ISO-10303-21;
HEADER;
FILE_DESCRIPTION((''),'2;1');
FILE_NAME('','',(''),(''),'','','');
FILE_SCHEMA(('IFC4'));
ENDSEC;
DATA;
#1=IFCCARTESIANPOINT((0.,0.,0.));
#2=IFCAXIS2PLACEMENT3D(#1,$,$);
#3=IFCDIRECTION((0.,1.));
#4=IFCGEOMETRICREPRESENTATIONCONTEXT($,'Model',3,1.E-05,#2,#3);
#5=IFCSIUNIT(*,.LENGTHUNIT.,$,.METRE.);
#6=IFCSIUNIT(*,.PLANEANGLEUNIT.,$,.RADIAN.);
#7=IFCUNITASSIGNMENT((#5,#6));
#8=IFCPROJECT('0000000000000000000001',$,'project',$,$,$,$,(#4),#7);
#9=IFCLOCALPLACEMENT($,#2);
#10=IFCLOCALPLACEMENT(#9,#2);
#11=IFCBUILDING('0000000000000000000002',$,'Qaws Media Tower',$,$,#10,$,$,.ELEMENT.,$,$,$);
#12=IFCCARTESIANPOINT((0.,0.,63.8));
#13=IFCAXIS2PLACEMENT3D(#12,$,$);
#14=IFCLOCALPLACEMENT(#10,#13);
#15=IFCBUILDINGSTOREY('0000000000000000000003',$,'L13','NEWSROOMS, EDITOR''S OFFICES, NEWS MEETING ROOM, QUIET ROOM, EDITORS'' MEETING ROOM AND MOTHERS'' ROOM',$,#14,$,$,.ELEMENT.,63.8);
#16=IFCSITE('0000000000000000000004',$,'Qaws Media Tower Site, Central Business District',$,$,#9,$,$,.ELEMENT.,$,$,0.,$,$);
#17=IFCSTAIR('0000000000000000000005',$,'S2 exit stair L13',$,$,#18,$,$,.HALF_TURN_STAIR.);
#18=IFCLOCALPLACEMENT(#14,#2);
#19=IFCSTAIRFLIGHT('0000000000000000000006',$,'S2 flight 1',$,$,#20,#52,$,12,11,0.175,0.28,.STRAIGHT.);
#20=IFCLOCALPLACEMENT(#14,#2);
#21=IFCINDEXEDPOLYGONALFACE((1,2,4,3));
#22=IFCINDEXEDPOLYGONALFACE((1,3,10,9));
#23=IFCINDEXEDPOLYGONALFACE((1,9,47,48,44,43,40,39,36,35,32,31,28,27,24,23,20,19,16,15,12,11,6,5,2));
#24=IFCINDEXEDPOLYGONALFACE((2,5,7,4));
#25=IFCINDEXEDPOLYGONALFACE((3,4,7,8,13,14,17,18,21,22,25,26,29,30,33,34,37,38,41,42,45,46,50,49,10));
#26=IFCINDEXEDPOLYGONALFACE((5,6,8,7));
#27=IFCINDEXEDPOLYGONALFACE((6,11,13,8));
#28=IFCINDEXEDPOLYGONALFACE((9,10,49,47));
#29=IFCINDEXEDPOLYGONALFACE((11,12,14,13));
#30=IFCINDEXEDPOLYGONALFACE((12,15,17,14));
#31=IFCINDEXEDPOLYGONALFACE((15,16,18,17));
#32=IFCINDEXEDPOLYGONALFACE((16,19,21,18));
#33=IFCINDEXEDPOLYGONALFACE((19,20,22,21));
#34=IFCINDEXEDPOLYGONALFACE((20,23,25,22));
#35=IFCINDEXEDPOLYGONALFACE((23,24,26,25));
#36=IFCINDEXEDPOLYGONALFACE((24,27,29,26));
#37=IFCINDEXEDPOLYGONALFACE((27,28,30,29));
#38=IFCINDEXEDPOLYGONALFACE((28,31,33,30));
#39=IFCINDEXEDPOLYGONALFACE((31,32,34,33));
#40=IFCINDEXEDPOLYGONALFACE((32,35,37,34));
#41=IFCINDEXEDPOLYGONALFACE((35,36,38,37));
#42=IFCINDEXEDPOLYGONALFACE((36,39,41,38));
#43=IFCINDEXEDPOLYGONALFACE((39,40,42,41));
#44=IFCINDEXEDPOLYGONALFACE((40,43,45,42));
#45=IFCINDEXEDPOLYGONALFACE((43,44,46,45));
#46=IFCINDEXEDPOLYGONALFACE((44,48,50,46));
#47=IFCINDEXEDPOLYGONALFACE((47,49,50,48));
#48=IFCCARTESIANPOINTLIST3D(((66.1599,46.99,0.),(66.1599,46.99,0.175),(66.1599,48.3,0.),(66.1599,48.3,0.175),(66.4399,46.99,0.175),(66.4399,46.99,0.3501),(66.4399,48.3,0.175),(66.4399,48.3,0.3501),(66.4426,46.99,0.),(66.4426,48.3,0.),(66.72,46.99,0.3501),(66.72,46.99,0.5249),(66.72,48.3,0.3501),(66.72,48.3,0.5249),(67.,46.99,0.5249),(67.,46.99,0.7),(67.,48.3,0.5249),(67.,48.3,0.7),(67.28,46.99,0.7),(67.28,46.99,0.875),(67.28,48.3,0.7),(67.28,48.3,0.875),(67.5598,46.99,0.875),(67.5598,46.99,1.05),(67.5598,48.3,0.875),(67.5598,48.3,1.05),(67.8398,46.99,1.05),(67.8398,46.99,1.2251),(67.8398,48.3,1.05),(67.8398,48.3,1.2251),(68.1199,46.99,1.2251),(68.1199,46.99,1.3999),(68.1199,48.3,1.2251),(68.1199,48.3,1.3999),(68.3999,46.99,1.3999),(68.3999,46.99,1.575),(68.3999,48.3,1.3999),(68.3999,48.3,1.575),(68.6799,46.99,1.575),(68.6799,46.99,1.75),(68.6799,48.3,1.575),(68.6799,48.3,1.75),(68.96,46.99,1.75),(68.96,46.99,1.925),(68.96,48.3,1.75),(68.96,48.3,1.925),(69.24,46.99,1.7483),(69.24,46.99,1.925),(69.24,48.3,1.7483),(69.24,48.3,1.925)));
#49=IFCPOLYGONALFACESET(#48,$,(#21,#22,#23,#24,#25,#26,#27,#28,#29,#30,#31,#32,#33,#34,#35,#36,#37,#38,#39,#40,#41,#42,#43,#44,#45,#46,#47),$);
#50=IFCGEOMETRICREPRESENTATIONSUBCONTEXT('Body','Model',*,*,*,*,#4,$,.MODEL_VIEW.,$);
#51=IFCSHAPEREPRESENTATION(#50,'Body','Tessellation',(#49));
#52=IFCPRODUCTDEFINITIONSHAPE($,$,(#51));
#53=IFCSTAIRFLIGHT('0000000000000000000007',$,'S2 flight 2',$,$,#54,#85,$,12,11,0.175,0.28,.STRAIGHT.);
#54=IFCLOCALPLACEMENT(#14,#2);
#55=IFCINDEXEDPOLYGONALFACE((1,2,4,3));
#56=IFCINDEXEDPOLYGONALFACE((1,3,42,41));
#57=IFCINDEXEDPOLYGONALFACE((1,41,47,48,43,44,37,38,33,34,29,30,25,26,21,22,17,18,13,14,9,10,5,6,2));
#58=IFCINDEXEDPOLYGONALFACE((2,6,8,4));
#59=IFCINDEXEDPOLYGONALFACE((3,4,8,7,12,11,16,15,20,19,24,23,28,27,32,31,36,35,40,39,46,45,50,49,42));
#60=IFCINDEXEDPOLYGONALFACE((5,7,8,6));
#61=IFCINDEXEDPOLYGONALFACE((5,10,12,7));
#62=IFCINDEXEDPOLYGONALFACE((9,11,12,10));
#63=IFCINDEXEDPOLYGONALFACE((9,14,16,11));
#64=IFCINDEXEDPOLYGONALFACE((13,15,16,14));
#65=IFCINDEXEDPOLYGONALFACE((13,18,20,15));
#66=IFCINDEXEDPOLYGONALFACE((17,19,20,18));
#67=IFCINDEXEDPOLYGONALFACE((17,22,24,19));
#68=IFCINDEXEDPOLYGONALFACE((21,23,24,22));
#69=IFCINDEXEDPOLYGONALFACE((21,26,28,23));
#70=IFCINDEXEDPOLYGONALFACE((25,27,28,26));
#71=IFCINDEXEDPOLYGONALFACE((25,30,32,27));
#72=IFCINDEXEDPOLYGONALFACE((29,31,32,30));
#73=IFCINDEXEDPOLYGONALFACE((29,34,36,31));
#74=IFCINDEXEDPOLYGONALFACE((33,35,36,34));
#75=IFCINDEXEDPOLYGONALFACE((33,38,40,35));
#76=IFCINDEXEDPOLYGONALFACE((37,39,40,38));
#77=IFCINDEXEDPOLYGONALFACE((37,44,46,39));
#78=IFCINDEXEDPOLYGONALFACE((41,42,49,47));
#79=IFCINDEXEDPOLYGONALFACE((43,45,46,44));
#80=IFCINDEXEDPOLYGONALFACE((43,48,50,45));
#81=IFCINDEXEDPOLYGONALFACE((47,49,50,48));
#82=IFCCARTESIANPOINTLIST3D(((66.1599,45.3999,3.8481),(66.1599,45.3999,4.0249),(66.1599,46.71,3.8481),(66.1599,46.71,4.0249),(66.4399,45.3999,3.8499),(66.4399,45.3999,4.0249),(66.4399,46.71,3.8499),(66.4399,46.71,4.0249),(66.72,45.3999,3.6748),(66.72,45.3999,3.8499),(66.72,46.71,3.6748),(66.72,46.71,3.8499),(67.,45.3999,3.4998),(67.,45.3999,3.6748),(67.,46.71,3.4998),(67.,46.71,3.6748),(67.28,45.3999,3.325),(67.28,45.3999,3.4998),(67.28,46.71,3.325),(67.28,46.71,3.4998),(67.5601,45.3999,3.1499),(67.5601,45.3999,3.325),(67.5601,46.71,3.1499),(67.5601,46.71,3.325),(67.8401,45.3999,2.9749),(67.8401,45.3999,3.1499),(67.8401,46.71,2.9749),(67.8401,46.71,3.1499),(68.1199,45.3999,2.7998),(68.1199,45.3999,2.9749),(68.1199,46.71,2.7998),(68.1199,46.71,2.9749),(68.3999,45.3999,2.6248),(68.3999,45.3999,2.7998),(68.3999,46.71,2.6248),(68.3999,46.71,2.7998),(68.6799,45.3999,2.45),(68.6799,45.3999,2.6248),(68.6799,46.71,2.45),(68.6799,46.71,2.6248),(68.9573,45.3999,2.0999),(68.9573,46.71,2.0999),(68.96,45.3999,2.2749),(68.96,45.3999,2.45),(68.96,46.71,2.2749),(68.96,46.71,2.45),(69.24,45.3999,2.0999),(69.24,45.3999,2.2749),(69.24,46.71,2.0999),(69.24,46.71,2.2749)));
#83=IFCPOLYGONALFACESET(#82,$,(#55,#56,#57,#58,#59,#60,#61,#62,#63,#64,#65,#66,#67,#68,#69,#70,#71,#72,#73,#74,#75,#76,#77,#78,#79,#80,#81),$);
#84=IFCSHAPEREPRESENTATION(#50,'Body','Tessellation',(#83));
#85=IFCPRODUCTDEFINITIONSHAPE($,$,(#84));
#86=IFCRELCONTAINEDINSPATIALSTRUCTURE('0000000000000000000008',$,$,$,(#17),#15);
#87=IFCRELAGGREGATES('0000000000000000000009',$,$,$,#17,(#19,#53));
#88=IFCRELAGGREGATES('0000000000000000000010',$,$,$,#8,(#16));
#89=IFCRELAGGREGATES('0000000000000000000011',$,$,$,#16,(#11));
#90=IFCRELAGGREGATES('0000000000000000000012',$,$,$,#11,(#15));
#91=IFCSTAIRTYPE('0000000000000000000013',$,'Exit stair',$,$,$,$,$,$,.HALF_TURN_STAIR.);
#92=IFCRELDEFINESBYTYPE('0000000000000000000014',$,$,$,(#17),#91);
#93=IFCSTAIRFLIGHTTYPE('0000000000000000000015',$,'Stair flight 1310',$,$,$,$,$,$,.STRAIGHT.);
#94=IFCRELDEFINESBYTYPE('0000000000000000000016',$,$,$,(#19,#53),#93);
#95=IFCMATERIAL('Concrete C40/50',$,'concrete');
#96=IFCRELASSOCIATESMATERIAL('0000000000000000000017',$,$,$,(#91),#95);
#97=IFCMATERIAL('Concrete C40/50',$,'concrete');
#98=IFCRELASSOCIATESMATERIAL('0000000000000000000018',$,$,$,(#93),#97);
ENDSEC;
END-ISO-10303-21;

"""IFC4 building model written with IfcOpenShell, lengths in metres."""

from ifc_helpers import new_model, si_unit, direction, frame, origin, place, context, subcontext, project, spatial, polyline, outline, extrude, material, type_object, element, aggregate, save


model = new_model("IFC4")

# Units and contexts
model_context = context("Model", 3, precision=1e-05, world=origin(), true_north=direction((0.0, 1.0)))
body_context = subcontext(model_context, "Body", "Model", "MODEL_VIEW")
ifc_project = project(units=[si_unit("LENGTHUNIT", "METRE"), si_unit("PLANEANGLEUNIT", "RADIAN")], contexts=[model_context])

# Site, building, storey
site_placement = place(None, origin())
site = spatial("IfcSite", under=ifc_project, at=site_placement, Name="Qaws Media Tower Site, Central Business District", CompositionType="ELEMENT", RefElevation=0.0)
building_placement = place(site_placement, origin())
building = spatial("IfcBuilding", under=site, at=building_placement, Name="Qaws Media Tower", CompositionType="ELEMENT")
storey_placement = place(building_placement, frame((0.0, 0.0, 63.8)))
storey = spatial("IfcBuildingStorey", under=building, at=storey_placement, Name="L13", Description="NEWSROOMS, EDITOR'S OFFICES, NEWS MEETING ROOM, QUIET ROOM, EDITORS' MEETING ROOM AND MOTHERS' ROOM", CompositionType="ELEMENT", Elevation=63.8)

# Stair, stair flights
ifc_material_1 = material(Name="Concrete C40/50", Category="concrete")
stair_type = type_object("IfcStairType", Name="Exit stair", PredefinedType="HALF_TURN_STAIR", material=ifc_material_1)
stair_placement = place(storey_placement, origin())
stair = element("IfcStair", 1, at=stair_placement, inside=storey, type_object=stair_type, Name="S2 exit stair L13", PredefinedType="HALF_TURN_STAIR")
ifc_material_2 = material(Name="Concrete C40/50", Category="concrete")
stair_flight_type = type_object("IfcStairFlightType", Name="Stair flight 1310", PredefinedType="STRAIGHT", material=ifc_material_2)
stair_flight_1_placement = place(storey_placement, frame((66.1599, 47.645, 0.0), z_axis=(0.0, 0.0, 1.0), x_axis=(1.0, 0.0, 0.0)))
stair_flight_1 = element("IfcStairFlight", 2, at=stair_flight_1_placement, type_object=stair_flight_type, Name="S2 flight 1", NumberOfRisers=12, NumberOfTreads=11, PredefinedType="STRAIGHT", RiserHeight=0.175, TreadLength=0.28, context=body_context, shape_type="SweptSolid", body=[
    extrude(outline(polyline([(0.0, 0.0), (0.0, 0.175), (0.28, 0.175), (0.28, 0.3501), (0.5601, 0.3501), (0.5601, 0.5249), (0.8401, 0.5249), (0.8401, 0.7), (1.1201, 0.7), (1.1201, 0.875), (1.3999, 0.875), (1.3999, 1.05), (1.6799, 1.05), (1.6799, 1.2251), (1.96, 1.2251), (1.96, 1.3999), (2.24, 1.3999), (2.24, 1.575), (2.52, 1.575), (2.52, 1.75), (2.8, 1.75), (2.8, 1.925), (3.0801, 1.925), (3.0801, 2.1001), (3.0801, 1.7483), (0.2827, 0.0), (0.0, 0.0)])), frame((0.0, 0.655, 0.0), z_axis=(0.0, -1.0, 0.0), x_axis=(1.0, 0.0, 0.0)), (0.0, 0.0, 1.0), 1.3101),
])
stair_flight_2_placement = place(storey_placement, frame((69.24, 46.0549, 2.0999), z_axis=(0.0, 0.0, 1.0), x_axis=(-1.0, 0.0, 0.0)))
stair_flight_2 = element("IfcStairFlight", 3, at=stair_flight_2_placement, type_object=stair_flight_type, Name="S2 flight 2", NumberOfRisers=12, NumberOfTreads=11, PredefinedType="STRAIGHT", RiserHeight=0.175, TreadLength=0.28, context=body_context, shape_type="SweptSolid", body=[
    extrude(outline(polyline([(0.0, 0.0), (0.0, 0.175), (0.28, 0.175), (0.28, 0.3501), (0.5601, 0.3501), (0.5601, 0.5249), (0.8401, 0.5249), (0.8401, 0.7), (1.1201, 0.7), (1.1201, 0.875), (1.3999, 0.875), (1.3999, 1.05), (1.6799, 1.05), (1.6799, 1.2251), (1.96, 1.2251), (1.96, 1.3999), (2.24, 1.3999), (2.24, 1.575), (2.52, 1.575), (2.52, 1.75), (2.8, 1.75), (2.8, 1.925), (3.0801, 1.925), (3.0801, 2.1001), (3.0801, 1.7483), (0.2827, 0.0), (0.0, 0.0)])), frame((0.0, 0.655, 0.0), z_axis=(0.0, -1.0, 0.0), x_axis=(1.0, 0.0, 0.0)), (0.0, 0.0, 1.0), 1.3101),
])
aggregate(stair, [stair_flight_1, stair_flight_2])

save(model, "model.ifc")
